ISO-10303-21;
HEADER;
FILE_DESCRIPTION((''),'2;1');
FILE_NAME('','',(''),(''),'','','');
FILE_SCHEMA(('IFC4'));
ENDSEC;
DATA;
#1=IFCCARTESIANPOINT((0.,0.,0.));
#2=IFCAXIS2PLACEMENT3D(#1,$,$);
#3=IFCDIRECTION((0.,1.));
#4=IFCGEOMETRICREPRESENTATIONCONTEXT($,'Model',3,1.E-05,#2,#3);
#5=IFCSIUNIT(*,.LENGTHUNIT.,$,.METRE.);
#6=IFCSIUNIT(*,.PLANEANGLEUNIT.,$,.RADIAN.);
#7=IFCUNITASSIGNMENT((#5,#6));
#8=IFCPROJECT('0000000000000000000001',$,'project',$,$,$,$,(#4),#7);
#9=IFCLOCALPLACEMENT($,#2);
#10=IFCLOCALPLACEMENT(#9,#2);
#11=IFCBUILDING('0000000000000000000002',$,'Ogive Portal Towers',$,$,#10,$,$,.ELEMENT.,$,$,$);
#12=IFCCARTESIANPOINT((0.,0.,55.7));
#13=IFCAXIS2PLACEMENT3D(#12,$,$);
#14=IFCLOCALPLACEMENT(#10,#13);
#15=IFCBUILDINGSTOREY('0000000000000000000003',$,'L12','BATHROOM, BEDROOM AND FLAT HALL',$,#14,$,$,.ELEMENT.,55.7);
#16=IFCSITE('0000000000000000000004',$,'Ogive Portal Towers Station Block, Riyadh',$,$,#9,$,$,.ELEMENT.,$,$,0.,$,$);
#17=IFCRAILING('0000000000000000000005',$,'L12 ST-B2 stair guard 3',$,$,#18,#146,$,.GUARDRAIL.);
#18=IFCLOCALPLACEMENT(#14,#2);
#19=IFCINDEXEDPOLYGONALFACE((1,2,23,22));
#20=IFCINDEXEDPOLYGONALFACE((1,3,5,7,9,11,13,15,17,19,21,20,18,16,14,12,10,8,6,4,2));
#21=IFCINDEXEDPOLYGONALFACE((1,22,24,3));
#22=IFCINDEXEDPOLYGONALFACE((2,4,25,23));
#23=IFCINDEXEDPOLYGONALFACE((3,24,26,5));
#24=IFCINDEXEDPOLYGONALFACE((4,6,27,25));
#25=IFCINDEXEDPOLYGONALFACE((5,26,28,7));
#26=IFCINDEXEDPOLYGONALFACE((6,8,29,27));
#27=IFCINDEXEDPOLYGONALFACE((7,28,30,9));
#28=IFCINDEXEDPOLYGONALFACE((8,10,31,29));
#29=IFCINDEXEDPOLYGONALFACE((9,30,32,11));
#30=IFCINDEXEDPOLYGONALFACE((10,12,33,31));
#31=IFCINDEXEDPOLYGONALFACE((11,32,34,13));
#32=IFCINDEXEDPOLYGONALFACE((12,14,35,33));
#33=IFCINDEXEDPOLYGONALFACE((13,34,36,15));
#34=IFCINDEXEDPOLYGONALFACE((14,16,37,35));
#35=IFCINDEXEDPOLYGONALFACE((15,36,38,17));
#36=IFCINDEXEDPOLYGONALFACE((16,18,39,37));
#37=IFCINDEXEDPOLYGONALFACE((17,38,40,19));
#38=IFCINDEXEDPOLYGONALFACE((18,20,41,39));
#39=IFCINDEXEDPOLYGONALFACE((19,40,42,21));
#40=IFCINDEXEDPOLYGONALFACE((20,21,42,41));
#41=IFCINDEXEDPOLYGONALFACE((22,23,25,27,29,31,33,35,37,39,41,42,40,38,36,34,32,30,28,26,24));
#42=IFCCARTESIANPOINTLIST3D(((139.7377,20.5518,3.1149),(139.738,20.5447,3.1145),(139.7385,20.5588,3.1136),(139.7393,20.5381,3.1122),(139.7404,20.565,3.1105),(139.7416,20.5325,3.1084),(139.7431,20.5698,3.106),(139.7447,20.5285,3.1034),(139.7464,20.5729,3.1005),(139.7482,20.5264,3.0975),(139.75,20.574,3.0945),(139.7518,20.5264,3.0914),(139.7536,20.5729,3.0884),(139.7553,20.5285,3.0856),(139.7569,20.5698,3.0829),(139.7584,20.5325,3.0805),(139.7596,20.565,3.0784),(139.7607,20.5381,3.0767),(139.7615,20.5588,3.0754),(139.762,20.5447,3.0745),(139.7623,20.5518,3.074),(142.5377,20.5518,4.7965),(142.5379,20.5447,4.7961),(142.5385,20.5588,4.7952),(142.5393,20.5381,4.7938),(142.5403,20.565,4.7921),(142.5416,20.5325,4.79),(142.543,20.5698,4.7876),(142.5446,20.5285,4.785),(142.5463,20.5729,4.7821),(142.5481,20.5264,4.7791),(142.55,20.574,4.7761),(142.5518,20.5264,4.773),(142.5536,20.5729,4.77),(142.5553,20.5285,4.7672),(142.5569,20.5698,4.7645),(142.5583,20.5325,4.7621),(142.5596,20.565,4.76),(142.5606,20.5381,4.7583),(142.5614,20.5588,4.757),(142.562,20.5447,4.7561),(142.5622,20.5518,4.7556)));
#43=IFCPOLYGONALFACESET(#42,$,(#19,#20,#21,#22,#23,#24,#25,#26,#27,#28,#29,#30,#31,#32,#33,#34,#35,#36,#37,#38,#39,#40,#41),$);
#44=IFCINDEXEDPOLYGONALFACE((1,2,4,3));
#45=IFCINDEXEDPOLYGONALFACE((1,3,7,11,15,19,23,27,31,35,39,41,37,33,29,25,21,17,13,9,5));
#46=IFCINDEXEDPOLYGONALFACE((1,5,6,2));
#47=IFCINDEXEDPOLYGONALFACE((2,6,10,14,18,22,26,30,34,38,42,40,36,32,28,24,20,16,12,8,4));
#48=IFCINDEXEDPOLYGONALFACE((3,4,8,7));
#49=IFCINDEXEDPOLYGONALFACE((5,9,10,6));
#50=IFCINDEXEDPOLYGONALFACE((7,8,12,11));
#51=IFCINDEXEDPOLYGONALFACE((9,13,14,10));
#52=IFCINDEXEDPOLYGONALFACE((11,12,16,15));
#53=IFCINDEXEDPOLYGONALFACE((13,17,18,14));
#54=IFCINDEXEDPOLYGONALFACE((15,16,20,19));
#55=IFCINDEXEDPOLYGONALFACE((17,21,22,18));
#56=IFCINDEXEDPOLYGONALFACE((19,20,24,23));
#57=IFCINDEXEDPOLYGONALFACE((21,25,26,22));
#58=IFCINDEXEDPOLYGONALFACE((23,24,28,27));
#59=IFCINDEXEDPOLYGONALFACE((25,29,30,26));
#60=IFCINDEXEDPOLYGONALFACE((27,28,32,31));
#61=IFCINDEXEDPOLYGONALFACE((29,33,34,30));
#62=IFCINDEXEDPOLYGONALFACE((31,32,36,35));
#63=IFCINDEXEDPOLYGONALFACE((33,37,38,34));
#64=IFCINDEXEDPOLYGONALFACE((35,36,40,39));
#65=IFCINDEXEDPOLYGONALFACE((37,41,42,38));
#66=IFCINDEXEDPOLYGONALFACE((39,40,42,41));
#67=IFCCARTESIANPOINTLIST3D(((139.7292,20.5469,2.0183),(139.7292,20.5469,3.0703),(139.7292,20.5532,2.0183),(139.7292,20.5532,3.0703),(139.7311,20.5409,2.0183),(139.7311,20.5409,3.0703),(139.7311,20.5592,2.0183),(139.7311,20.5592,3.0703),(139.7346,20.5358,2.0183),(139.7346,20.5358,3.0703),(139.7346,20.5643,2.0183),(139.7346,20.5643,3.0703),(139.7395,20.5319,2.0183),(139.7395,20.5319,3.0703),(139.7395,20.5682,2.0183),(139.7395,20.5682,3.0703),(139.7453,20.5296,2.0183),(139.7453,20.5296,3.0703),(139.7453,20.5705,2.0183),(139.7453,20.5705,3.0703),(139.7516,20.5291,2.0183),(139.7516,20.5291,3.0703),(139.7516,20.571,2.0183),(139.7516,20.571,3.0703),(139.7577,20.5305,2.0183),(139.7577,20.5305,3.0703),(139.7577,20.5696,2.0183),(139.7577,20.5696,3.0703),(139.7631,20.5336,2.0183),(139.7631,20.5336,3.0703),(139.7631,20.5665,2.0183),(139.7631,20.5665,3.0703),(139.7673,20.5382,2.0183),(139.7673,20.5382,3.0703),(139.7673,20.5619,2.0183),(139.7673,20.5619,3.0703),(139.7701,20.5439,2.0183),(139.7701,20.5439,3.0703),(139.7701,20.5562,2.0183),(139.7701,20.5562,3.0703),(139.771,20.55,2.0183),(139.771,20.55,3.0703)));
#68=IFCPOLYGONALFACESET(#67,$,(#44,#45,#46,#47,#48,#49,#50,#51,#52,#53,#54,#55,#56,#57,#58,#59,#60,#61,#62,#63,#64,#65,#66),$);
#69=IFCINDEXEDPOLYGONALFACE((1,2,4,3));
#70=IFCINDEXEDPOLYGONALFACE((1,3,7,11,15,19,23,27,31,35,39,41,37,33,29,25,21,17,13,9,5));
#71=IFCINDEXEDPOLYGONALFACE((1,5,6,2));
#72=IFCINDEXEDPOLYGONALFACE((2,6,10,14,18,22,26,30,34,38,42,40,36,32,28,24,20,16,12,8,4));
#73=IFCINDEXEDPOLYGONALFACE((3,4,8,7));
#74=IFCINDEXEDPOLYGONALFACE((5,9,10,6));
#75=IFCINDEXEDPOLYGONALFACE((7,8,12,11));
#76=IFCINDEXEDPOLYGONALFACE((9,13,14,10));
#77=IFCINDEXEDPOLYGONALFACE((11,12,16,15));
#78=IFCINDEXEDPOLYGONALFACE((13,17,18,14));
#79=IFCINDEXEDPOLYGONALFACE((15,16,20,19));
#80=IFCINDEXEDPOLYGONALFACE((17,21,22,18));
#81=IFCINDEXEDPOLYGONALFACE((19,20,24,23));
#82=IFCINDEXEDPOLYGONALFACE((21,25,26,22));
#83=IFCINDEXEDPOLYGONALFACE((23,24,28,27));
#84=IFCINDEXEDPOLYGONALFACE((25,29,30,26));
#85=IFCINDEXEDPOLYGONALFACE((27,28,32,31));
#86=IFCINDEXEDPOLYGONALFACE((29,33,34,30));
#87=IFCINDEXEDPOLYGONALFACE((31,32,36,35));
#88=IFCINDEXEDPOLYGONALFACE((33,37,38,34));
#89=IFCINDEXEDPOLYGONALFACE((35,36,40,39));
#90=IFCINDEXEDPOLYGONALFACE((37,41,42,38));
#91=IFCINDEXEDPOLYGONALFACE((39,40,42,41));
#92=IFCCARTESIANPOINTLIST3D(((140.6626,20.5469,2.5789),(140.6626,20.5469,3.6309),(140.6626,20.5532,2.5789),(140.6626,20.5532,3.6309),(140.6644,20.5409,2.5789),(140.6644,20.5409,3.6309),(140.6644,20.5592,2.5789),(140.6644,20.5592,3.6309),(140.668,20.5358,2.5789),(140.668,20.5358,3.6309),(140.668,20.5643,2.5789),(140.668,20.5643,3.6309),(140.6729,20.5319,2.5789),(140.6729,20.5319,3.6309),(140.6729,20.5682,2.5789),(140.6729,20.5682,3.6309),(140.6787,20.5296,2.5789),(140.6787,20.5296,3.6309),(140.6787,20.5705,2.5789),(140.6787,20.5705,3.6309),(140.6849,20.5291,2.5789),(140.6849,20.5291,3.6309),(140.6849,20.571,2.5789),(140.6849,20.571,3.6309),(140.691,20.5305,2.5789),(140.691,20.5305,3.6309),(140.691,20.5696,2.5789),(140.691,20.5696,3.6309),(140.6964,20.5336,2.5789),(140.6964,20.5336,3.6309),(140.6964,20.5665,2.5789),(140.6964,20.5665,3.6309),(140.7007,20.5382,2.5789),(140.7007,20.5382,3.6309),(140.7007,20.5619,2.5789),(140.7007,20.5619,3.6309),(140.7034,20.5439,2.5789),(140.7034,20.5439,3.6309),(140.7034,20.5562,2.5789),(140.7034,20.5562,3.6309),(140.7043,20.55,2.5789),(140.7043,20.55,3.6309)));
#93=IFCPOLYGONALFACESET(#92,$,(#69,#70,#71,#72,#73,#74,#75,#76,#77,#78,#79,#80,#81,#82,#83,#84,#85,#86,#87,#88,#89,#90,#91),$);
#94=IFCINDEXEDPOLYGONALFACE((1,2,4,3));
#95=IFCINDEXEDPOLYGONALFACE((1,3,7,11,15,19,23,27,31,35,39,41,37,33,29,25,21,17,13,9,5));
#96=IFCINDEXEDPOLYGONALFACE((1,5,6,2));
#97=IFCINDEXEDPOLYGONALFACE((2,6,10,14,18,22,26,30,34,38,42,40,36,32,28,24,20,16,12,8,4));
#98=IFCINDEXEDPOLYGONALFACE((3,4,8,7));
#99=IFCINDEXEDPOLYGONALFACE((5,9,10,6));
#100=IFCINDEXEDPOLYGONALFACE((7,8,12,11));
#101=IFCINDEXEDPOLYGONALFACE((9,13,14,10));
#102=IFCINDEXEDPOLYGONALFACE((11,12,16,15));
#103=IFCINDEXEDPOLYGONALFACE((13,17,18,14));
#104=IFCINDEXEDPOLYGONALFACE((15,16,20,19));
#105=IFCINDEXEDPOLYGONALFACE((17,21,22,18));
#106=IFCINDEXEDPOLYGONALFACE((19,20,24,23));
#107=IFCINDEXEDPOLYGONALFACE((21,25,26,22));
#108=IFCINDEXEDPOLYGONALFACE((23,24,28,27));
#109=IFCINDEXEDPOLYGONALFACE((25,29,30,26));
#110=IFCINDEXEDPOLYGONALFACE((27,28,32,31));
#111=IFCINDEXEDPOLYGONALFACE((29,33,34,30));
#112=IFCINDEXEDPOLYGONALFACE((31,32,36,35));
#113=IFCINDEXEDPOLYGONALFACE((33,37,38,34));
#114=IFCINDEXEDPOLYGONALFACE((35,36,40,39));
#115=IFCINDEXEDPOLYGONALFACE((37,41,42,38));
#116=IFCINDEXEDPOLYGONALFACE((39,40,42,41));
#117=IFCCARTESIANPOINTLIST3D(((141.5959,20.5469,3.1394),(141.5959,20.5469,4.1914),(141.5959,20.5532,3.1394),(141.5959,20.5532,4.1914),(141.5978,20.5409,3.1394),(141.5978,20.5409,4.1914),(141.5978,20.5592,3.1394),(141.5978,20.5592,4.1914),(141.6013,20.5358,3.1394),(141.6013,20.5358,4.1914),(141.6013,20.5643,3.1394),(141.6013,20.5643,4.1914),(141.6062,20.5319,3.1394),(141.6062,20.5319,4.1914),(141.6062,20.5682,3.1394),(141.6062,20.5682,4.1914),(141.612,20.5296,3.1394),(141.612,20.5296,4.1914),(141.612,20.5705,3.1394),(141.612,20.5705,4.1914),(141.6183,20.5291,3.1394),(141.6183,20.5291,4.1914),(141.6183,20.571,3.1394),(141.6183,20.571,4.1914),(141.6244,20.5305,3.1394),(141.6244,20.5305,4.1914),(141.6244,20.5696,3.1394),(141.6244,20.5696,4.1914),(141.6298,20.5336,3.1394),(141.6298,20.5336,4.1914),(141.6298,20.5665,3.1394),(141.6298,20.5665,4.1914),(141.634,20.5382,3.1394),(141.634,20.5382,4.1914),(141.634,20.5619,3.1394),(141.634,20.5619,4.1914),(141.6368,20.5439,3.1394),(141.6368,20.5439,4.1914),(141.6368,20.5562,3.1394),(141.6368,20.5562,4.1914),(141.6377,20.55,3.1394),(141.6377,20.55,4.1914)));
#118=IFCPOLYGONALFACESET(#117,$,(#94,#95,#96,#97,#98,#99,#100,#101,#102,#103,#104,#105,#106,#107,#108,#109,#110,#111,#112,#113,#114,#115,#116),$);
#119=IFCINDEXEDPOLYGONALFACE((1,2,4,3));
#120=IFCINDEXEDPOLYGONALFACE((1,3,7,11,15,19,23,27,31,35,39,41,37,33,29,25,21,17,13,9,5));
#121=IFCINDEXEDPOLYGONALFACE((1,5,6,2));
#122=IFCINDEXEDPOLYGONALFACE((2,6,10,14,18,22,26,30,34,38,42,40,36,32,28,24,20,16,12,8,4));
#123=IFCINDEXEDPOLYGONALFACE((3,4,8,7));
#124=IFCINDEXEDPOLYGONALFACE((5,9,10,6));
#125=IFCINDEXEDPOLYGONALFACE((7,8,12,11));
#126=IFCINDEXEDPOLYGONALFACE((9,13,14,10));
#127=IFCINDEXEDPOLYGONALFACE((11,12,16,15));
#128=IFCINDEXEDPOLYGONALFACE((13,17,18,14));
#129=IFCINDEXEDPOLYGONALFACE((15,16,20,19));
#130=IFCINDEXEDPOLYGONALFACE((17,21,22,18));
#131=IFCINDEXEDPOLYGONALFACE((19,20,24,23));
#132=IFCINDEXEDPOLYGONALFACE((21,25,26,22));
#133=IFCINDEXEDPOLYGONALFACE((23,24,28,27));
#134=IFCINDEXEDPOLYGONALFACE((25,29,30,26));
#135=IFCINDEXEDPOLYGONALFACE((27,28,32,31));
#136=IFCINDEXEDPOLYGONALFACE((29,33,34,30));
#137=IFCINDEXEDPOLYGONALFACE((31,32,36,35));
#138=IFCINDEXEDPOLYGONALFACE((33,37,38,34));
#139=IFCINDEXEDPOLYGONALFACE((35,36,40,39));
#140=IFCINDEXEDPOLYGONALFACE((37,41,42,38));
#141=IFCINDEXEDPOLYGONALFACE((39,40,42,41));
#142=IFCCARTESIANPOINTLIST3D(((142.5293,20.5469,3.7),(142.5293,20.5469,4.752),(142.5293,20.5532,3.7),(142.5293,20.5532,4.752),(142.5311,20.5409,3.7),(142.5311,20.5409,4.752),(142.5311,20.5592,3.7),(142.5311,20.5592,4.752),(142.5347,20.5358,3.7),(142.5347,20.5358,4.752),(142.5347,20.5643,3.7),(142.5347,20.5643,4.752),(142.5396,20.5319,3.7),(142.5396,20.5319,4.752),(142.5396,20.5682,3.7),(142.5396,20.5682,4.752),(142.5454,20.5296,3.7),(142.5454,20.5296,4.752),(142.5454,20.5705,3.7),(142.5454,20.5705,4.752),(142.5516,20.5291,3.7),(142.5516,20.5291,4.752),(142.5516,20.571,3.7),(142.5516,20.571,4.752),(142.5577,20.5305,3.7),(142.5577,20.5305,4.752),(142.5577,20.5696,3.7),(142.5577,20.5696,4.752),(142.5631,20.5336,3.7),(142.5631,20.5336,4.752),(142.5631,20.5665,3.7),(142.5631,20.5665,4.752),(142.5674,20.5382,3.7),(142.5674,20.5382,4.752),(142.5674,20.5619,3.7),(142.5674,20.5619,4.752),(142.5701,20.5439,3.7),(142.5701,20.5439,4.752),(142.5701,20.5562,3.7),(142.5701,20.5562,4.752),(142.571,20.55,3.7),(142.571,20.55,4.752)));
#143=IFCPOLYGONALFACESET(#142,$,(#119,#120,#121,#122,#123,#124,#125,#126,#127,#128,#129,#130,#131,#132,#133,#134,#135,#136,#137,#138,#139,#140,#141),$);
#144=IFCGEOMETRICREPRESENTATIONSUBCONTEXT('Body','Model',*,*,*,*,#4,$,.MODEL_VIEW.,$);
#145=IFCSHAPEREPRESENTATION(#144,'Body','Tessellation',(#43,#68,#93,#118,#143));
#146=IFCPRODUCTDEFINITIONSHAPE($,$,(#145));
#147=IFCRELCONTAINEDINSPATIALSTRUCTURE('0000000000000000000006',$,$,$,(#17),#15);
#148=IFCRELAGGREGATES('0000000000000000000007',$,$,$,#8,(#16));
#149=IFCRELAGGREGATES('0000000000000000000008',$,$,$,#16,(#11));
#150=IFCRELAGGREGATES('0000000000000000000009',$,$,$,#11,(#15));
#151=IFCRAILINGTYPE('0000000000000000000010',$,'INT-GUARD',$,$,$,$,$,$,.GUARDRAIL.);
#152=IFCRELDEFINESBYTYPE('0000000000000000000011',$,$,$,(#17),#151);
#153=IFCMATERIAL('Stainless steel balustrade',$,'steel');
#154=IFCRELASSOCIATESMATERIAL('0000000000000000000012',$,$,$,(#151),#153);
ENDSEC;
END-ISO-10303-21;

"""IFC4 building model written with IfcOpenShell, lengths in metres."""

from ifc_helpers import new_model, si_unit, direction, frame, origin, origin_2d, place, context, subcontext, project, spatial, circle, extrude, material, type_object, element, save


model = new_model("IFC4")

# Units and contexts
model_context = context("Model", 3, precision=1e-05, world=origin(), true_north=direction((0.0, 1.0)))
body_context = subcontext(model_context, "Body", "Model", "MODEL_VIEW")
ifc_project = project(units=[si_unit("LENGTHUNIT", "METRE"), si_unit("PLANEANGLEUNIT", "RADIAN")], contexts=[model_context])

# Site, building, storey
site_placement = place(None, origin())
site = spatial("IfcSite", under=ifc_project, at=site_placement, Name="Ogive Portal Towers Station Block, Riyadh", CompositionType="ELEMENT", RefElevation=0.0)
building_placement = place(site_placement, origin())
building = spatial("IfcBuilding", under=site, at=building_placement, Name="Ogive Portal Towers", CompositionType="ELEMENT")
storey_placement = place(building_placement, frame((0.0, 0.0, 55.7)))
storey = spatial("IfcBuildingStorey", under=building, at=storey_placement, Name="L12", Description="BATHROOM, BEDROOM AND FLAT HALL", CompositionType="ELEMENT", Elevation=55.7)

# Railing
ifc_material_1 = material(Name="Stainless steel balustrade", Category="steel")
railing_type_1 = type_object("IfcRailingType", Name="INT-GUARD", PredefinedType="GUARDRAIL", material=ifc_material_1)
railing_1_placement = place(storey_placement, frame((139.75, 20.55, 2.0183)))
element("IfcRailing", 1, at=railing_1_placement, inside=storey, type_object=railing_type_1, Name="L12 ST-B2 stair guard 3", PredefinedType="GUARDRAIL", context=body_context, shape_type="SweptSolid", body=[
    extrude(circle(Radius=0.0239, at=origin_2d()), frame((0.0, 0.0, 1.0762), z_axis=(0.857275, 0.0, 0.514858), x_axis=(0.0, 1.0, 0.0)), (0.0, 0.0, 1.0), 3.2661),
    extrude(circle(Radius=0.021, at=origin_2d()), origin(), (0.0, 0.0, 1.0), 1.052),
    extrude(circle(Radius=0.021, at=origin_2d()), frame((0.9333, 0.0, 0.5605)), (0.0, 0.0, 1.0), 1.052),
    extrude(circle(Radius=0.021, at=origin_2d()), frame((1.8667, 0.0, 1.1211)), (0.0, 0.0, 1.0), 1.052),
    extrude(circle(Radius=0.021, at=origin_2d()), frame((2.8, 0.0, 1.6816)), (0.0, 0.0, 1.0), 1.052),
])

save(model, "model.ifc")
